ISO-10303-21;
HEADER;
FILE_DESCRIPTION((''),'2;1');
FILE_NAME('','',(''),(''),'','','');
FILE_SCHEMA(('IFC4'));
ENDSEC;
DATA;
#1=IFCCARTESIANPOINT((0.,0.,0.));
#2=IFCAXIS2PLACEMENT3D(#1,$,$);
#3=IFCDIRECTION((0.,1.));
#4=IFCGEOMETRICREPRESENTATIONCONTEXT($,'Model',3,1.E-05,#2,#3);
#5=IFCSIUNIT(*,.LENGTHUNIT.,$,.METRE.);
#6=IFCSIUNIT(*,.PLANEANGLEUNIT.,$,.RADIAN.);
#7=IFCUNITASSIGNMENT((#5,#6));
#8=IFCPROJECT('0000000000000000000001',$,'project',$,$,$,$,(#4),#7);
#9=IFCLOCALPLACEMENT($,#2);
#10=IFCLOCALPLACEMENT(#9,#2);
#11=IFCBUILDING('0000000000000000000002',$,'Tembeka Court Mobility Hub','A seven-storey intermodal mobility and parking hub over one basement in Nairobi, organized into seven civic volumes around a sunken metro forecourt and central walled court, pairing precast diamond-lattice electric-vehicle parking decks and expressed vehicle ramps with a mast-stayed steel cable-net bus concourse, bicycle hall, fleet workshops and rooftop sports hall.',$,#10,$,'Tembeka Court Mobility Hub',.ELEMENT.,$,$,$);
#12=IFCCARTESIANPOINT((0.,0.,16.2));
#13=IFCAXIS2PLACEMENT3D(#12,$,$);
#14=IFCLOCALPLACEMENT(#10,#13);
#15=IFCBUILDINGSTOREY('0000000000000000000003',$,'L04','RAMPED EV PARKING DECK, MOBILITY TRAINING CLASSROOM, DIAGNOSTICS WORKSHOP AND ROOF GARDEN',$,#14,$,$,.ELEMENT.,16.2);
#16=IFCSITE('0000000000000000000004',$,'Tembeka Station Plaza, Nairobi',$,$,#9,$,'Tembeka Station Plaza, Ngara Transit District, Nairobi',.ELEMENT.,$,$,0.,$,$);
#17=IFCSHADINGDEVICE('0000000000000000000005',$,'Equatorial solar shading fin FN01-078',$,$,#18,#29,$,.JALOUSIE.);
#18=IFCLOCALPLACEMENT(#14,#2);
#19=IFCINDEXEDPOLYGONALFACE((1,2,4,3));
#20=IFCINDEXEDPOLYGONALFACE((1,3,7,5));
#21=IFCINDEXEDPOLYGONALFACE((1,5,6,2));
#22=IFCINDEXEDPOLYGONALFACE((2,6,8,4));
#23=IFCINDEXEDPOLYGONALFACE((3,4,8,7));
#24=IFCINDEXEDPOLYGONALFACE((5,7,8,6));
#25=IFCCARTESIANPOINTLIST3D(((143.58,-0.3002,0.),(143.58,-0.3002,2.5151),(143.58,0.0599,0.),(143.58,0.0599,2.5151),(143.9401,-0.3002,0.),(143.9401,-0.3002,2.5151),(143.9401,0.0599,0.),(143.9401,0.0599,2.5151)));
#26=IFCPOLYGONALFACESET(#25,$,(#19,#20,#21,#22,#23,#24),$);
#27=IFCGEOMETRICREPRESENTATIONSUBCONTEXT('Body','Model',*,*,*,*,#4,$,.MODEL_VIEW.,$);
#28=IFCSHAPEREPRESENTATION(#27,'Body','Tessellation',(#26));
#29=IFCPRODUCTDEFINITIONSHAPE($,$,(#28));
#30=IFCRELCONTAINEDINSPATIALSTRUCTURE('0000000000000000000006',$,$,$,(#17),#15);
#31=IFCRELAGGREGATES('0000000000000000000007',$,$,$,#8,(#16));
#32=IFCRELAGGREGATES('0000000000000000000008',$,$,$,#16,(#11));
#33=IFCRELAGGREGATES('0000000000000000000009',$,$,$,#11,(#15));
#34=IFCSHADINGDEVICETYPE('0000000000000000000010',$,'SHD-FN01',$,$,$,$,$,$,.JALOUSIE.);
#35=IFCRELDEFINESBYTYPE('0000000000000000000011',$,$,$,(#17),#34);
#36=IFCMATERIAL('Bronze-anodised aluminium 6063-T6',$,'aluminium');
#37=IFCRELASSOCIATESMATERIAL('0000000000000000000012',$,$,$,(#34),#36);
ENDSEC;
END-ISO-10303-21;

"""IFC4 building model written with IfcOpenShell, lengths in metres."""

from ifc_helpers import new_model, si_unit, direction, frame, origin, origin_2d, place, context, subcontext, project, spatial, rectangle, extrude, material, material_profile, profile_set, type_object, element, save


model = new_model("IFC4")

# Units and contexts
model_context = context("Model", 3, precision=1e-05, world=origin(), true_north=direction((0.0, 1.0)))
body_context = subcontext(model_context, "Body", "Model", "MODEL_VIEW")
ifc_project = project(units=[si_unit("LENGTHUNIT", "METRE"), si_unit("PLANEANGLEUNIT", "RADIAN")], contexts=[model_context])

# Site, building, storey
site_placement = place(None, origin())
site = spatial("IfcSite", under=ifc_project, at=site_placement, Name="Tembeka Station Plaza, Nairobi", LongName="Tembeka Station Plaza, Ngara Transit District, Nairobi", CompositionType="ELEMENT", RefElevation=0.0)
building_placement = place(site_placement, origin())
building = spatial("IfcBuilding", under=site, at=building_placement, Name="Tembeka Court Mobility Hub", Description="A seven-storey intermodal mobility and parking hub over one basement in Nairobi, organized into seven civic volumes around a sunken metro forecourt and central walled court, pairing precast diamond-lattice electric-vehicle parking decks and expressed vehicle ramps with a mast-stayed steel cable-net bus concourse, bicycle hall, fleet workshops and rooftop sports hall.", LongName="Tembeka Court Mobility Hub", CompositionType="ELEMENT")
storey_placement = place(building_placement, frame((0.0, 0.0, 16.2)))
storey = spatial("IfcBuildingStorey", under=building, at=storey_placement, Name="L04", Description="RAMPED EV PARKING DECK, MOBILITY TRAINING CLASSROOM, DIAGNOSTICS WORKSHOP AND ROOF GARDEN", CompositionType="ELEMENT", Elevation=16.2)

# Shading device
ifc_material_1 = material(Name="Bronze-anodised aluminium 6063-T6", Category="aluminium")
ifc_material_profile_1 = material_profile(ifc_material_1, rectangle(XDim=0.3601, YDim=0.3601, at=origin_2d()), Name="ALU-FIN 360x360")
ifc_profile_set_1 = profile_set([ifc_material_profile_1], Name="Bronze-anodised aluminium 6063-T6")
shading_device_type = type_object("IfcShadingDeviceType", Name="SHD-FN01", PredefinedType="JALOUSIE", material=ifc_profile_set_1)
shading_device_placement = place(storey_placement, frame((143.76, -0.1201, 0.0), z_axis=(0.0, 0.0, 1.0), x_axis=(1.0, 0.0, 0.0)))
element("IfcShadingDevice", 1, at=shading_device_placement, inside=storey, type_object=shading_device_type, Name="Equatorial solar shading fin FN01-078", PredefinedType="JALOUSIE", context=body_context, shape_type="SweptSolid", body=[
    extrude(rectangle(XDim=0.3601, YDim=0.3601, at=origin_2d()), origin(), (0.0, 0.0, 1.0), 2.5151),
])

save(model, "model.ifc")
